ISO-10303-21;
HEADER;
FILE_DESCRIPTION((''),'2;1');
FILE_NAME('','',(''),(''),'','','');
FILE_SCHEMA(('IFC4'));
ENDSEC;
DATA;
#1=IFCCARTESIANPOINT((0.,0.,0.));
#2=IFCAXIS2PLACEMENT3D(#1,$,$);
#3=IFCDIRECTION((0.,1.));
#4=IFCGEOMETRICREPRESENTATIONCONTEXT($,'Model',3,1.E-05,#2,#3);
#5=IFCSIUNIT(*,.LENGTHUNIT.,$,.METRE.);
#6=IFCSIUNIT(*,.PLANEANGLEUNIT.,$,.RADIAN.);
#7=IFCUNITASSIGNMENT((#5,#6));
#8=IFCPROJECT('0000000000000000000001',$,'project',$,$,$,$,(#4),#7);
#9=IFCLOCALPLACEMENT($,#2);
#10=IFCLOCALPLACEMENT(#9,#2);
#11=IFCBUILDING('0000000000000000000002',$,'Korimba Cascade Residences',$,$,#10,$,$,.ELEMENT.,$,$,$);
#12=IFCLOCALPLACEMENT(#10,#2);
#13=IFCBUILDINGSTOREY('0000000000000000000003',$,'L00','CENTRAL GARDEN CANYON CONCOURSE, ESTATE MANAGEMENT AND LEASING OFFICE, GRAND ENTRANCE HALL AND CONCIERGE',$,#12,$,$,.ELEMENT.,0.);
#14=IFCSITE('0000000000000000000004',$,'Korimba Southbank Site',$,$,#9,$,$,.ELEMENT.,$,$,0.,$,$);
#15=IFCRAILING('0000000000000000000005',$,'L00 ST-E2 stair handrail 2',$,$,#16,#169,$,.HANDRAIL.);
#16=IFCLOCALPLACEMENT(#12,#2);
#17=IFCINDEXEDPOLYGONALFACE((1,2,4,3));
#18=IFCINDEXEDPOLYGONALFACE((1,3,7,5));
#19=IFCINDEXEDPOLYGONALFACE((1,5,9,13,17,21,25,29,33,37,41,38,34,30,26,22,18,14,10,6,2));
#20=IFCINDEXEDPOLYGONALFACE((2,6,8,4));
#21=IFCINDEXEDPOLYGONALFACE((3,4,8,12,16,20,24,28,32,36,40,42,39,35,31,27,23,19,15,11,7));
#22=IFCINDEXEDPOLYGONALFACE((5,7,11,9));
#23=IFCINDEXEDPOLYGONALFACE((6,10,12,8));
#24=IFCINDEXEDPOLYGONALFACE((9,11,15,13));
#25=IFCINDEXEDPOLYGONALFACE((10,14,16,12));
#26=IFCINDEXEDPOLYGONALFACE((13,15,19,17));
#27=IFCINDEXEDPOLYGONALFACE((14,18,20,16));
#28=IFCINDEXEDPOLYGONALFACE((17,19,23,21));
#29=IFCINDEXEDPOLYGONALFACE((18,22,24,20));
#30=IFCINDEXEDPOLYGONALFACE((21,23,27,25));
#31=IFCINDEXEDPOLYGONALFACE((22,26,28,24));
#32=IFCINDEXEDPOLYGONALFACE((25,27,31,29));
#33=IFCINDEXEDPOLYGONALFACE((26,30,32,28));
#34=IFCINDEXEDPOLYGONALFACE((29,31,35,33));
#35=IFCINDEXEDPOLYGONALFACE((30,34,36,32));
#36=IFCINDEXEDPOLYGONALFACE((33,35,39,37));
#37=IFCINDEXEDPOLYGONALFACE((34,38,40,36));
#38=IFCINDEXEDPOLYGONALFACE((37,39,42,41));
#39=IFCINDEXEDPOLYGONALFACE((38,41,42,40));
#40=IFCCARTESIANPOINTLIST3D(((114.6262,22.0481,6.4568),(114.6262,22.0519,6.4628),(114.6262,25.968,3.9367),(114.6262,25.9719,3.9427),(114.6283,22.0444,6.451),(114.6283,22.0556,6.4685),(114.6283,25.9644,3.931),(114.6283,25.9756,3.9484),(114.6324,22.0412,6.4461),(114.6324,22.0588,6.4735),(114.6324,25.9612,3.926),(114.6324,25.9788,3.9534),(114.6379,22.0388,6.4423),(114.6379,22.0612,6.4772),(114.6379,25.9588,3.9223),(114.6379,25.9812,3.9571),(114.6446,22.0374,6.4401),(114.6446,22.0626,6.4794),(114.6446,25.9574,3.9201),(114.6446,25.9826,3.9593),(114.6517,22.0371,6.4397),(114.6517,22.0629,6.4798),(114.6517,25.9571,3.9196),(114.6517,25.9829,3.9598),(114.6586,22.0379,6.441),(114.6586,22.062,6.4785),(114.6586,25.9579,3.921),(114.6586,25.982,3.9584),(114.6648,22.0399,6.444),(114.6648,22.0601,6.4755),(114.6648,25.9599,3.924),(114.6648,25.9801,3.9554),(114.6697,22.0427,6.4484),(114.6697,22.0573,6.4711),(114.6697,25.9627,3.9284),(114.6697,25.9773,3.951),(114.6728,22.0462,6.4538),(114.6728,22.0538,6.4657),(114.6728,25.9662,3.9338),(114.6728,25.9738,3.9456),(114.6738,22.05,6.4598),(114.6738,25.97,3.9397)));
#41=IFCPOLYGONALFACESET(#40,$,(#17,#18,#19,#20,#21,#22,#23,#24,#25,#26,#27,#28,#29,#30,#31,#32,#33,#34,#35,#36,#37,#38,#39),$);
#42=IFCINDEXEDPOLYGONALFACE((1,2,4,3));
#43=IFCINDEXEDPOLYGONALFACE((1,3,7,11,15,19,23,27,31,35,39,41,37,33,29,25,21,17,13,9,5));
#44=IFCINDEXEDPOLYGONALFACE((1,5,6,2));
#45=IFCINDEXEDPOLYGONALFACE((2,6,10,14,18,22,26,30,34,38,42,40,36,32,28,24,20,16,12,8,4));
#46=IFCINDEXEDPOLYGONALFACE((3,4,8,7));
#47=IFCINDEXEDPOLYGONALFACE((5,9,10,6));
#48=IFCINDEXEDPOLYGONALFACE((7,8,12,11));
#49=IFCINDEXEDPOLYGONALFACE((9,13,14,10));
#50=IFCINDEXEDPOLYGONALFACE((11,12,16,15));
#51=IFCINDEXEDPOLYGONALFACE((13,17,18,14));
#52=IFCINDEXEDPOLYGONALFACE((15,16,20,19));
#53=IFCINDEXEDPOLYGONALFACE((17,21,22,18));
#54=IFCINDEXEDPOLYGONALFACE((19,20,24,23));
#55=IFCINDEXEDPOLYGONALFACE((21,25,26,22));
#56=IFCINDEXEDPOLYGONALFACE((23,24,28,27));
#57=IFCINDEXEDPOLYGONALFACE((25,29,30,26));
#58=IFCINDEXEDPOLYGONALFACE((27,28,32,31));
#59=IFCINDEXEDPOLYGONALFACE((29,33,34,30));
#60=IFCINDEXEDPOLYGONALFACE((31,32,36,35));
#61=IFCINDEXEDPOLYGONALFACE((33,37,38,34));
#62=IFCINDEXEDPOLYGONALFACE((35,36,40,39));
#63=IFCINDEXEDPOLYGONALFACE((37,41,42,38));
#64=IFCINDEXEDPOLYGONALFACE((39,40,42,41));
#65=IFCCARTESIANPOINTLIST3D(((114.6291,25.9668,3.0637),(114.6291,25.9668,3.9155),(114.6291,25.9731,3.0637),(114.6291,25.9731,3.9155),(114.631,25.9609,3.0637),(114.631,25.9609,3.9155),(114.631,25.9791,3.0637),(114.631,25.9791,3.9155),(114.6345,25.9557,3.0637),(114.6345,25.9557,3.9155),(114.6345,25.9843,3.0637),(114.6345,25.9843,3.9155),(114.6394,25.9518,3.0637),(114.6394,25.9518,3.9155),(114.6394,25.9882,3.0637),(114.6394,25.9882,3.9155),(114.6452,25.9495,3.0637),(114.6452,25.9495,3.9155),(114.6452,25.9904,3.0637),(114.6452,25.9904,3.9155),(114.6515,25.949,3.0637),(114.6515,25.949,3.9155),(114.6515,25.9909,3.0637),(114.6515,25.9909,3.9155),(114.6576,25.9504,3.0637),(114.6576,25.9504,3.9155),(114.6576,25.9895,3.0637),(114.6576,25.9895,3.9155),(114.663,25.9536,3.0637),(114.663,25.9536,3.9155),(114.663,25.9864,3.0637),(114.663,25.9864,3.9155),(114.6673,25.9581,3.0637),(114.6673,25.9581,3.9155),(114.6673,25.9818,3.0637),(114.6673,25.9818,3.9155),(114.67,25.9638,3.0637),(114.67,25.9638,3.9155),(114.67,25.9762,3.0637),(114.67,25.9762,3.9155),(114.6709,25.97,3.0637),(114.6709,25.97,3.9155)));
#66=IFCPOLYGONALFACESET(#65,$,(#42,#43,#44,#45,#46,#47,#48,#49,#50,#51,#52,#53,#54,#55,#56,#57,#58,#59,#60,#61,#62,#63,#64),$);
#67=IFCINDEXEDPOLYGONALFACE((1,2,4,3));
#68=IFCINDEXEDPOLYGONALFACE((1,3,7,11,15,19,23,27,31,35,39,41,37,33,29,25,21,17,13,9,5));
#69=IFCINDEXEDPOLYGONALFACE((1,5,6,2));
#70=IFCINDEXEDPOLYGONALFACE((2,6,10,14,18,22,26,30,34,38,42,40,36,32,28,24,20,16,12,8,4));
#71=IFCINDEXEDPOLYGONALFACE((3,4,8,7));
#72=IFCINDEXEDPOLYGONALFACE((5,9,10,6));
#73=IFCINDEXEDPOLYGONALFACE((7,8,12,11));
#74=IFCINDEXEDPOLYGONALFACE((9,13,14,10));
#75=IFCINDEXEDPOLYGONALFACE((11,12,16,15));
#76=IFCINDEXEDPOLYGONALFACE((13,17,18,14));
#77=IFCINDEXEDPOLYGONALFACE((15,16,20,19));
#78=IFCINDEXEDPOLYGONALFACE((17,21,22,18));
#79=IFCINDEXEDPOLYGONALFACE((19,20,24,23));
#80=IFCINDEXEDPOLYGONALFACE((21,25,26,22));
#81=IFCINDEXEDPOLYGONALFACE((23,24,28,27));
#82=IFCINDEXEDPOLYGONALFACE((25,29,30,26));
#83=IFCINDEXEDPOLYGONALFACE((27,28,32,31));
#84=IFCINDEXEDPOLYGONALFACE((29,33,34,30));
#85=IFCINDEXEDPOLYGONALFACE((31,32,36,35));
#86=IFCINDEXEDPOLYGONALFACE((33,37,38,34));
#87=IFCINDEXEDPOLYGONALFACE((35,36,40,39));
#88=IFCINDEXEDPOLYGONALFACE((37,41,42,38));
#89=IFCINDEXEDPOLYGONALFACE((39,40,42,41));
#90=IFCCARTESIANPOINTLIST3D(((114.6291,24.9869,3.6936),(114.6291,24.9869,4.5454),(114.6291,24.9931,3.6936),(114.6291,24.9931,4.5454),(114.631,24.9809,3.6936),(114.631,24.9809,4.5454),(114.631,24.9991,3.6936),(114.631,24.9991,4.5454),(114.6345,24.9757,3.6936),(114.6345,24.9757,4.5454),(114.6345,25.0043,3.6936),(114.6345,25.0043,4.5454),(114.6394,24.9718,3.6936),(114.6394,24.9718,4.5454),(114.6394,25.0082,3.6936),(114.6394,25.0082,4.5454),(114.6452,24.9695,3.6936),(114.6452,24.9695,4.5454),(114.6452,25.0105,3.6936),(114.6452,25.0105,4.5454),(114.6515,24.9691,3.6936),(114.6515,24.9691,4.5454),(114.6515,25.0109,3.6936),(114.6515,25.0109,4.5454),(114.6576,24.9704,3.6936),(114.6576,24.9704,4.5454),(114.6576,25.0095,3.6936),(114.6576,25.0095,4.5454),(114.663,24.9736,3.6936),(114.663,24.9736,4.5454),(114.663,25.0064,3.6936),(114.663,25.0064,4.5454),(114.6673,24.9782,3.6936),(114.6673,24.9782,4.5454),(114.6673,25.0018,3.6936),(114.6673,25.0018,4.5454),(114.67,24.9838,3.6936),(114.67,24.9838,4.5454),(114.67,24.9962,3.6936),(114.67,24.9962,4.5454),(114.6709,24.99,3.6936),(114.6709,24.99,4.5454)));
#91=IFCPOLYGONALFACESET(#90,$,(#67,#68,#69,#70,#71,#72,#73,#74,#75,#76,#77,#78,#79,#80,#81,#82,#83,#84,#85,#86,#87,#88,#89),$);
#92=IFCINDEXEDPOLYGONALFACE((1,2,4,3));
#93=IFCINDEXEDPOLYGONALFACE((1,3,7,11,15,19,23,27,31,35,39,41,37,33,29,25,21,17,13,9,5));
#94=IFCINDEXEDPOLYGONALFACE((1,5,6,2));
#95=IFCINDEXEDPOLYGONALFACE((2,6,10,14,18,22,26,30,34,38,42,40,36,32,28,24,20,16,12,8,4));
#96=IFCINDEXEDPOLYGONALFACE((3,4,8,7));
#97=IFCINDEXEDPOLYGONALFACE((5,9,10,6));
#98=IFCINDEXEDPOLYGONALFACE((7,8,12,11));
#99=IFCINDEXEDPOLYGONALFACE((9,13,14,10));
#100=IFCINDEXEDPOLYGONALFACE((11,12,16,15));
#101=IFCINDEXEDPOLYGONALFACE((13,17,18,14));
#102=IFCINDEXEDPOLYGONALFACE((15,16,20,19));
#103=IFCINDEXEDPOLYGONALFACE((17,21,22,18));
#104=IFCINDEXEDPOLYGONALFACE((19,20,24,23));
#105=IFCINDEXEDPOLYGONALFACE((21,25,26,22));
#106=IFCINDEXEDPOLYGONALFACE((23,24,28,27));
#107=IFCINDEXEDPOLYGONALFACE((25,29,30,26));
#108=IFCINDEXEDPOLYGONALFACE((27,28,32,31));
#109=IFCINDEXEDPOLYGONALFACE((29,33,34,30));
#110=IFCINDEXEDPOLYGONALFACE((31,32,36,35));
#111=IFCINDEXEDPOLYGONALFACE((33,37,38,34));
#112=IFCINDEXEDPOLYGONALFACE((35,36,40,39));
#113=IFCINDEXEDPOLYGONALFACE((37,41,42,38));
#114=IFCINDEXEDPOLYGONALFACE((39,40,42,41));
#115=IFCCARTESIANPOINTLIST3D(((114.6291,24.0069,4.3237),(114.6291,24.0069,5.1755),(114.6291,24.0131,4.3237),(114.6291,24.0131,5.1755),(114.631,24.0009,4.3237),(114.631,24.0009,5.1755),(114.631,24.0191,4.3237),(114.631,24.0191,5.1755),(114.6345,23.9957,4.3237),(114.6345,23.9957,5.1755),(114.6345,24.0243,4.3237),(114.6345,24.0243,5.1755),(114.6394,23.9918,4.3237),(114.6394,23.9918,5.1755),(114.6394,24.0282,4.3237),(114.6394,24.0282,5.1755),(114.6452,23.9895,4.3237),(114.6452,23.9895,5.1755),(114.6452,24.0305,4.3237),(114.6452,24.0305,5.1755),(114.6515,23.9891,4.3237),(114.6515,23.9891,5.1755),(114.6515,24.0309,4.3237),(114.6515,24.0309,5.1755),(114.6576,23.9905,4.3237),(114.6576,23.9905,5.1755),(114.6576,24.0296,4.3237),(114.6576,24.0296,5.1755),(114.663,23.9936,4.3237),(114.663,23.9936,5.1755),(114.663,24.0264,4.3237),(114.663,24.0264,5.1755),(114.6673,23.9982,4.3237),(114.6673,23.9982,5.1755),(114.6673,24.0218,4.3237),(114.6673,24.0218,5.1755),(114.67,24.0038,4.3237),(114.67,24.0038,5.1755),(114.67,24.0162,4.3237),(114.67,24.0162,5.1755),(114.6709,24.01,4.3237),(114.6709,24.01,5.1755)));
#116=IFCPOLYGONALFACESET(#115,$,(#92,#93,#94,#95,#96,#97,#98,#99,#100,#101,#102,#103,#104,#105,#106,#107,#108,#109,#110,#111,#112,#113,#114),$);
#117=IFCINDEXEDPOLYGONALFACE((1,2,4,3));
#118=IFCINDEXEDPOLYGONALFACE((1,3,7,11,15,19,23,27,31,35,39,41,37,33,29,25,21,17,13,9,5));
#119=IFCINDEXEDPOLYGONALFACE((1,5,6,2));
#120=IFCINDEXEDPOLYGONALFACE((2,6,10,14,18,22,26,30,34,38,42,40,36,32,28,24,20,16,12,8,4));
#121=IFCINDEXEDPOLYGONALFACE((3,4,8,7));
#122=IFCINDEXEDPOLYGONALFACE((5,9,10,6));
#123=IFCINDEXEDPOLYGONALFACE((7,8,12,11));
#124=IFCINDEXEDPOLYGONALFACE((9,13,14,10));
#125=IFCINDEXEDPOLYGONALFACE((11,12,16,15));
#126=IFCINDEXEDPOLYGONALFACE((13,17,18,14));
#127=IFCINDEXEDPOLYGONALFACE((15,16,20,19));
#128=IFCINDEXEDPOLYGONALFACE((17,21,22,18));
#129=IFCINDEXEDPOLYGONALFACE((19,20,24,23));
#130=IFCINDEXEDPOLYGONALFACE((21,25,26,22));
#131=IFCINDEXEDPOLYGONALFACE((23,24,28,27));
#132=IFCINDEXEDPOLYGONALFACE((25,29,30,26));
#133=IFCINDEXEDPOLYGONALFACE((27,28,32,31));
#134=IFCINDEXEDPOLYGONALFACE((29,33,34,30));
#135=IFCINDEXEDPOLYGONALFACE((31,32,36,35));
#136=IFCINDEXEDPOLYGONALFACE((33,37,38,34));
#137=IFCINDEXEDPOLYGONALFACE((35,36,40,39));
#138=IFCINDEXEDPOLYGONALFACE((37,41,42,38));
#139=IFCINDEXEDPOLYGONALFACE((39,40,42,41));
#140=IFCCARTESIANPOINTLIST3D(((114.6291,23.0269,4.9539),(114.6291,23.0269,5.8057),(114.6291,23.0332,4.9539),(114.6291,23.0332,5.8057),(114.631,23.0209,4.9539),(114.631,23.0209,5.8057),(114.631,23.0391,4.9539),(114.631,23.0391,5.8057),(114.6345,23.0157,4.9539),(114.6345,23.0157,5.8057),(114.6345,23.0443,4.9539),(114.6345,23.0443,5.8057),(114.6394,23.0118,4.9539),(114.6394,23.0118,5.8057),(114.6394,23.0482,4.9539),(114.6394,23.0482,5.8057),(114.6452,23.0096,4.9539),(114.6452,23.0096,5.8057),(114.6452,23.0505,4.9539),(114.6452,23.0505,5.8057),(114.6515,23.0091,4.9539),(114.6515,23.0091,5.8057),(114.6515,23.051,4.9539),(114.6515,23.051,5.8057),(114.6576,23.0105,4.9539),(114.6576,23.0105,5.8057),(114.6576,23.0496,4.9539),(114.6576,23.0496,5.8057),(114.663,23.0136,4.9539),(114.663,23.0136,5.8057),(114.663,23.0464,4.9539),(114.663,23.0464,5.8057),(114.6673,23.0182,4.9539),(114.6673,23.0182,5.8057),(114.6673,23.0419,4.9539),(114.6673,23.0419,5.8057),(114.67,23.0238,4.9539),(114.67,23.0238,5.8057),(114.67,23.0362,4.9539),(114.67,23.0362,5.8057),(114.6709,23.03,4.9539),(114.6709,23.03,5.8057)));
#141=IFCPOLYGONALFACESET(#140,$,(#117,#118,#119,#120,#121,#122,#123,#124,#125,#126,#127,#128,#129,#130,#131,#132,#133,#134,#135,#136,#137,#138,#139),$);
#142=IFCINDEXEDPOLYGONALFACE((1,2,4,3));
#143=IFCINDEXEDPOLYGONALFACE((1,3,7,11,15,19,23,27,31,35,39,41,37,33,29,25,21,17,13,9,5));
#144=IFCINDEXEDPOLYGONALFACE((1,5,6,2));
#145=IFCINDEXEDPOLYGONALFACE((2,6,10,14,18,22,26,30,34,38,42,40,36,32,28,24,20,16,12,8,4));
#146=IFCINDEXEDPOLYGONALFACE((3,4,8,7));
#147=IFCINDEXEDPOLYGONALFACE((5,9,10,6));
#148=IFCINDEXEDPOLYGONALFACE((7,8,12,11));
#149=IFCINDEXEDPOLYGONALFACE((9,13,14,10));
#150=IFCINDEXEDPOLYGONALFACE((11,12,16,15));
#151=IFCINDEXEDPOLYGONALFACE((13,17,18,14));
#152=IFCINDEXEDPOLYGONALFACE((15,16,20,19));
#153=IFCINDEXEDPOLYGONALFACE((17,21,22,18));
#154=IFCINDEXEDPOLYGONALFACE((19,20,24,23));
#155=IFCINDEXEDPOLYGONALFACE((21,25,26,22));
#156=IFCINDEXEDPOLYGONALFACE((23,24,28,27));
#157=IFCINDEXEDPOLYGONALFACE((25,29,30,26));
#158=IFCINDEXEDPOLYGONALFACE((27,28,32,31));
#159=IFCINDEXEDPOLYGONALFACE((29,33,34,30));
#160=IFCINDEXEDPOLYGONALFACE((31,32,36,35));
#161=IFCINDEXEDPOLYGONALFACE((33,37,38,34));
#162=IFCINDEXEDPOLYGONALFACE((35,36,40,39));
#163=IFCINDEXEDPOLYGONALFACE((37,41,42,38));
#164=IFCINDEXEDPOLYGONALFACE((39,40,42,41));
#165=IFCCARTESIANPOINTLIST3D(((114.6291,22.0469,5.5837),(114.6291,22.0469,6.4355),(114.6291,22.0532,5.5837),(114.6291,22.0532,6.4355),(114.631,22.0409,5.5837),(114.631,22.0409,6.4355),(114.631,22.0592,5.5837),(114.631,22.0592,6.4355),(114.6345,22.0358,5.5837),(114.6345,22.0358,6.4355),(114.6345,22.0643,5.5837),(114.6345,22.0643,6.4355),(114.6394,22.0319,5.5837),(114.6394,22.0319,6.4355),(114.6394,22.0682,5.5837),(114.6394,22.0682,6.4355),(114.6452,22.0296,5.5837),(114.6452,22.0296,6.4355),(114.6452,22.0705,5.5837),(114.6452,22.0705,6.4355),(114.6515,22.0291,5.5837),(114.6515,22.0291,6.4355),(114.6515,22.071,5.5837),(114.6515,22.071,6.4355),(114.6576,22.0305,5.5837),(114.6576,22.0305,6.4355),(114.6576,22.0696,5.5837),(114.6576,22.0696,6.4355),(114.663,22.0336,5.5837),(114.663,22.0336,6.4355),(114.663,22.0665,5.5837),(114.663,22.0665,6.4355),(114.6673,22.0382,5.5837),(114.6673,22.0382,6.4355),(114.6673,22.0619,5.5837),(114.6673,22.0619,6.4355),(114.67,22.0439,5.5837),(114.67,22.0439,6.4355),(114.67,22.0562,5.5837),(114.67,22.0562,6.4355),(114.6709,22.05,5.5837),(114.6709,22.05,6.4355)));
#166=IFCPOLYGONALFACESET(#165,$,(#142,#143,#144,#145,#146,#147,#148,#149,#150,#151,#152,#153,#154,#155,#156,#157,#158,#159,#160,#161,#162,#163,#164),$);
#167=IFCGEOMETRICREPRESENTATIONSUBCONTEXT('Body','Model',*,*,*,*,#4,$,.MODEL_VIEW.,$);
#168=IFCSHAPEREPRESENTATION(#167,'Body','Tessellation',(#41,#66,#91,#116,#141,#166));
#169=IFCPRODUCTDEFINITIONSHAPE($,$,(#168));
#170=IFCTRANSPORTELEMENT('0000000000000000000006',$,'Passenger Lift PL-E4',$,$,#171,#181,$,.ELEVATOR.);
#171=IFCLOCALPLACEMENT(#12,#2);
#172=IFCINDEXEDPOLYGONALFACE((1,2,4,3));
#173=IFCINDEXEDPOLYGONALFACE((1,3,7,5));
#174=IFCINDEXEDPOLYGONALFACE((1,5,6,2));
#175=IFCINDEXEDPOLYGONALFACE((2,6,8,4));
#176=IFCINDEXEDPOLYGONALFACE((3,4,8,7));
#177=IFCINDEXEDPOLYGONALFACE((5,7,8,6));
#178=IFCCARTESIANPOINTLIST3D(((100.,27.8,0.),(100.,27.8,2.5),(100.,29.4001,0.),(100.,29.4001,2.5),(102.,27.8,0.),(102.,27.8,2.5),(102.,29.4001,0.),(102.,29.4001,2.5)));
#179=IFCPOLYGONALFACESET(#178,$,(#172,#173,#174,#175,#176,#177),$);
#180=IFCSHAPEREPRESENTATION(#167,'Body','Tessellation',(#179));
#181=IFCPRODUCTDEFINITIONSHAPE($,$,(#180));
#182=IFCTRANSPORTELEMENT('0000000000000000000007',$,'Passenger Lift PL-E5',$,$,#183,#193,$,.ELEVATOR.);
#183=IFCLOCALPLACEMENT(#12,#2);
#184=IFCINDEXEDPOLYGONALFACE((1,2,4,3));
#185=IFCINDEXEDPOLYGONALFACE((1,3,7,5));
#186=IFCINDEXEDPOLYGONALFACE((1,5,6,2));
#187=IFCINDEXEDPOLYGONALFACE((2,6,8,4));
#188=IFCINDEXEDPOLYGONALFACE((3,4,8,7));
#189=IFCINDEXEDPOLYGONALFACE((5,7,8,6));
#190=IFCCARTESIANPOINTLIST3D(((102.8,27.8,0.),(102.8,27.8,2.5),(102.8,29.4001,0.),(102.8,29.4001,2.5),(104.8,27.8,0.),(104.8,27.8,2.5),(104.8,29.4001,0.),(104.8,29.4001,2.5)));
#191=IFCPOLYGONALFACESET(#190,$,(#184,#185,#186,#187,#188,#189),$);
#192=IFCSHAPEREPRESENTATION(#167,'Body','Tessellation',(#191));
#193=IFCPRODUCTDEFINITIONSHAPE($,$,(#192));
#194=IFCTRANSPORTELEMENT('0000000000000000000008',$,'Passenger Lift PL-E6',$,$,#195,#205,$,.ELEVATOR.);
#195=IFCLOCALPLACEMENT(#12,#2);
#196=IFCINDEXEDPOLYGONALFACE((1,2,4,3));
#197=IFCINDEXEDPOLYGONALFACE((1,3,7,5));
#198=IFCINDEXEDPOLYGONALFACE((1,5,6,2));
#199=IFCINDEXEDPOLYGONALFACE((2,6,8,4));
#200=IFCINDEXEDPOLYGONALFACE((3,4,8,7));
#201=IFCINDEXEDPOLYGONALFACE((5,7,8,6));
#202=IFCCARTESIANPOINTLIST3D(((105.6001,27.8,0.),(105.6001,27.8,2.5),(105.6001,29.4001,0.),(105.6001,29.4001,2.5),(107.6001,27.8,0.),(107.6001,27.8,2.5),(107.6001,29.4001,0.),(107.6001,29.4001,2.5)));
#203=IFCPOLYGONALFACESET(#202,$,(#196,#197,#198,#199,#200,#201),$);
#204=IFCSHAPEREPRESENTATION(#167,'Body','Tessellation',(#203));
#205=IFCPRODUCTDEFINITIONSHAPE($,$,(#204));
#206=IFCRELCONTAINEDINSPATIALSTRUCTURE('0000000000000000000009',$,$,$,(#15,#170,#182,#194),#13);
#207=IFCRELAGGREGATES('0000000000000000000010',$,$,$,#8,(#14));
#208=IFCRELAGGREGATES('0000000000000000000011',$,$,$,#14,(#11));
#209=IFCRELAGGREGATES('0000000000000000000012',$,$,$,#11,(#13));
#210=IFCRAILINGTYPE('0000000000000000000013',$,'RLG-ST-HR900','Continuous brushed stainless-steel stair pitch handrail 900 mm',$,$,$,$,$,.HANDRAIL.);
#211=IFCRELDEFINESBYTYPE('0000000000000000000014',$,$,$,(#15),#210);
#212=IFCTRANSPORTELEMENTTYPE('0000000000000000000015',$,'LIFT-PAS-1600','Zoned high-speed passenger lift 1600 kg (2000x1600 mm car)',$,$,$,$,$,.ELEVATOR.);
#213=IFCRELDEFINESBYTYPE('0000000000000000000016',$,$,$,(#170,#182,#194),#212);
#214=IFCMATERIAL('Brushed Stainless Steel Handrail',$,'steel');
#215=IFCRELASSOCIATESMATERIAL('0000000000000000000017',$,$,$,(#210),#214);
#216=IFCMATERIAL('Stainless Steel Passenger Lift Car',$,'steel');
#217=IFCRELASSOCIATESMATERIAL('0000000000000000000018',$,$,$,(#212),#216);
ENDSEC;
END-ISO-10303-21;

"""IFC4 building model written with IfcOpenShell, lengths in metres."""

from ifc_helpers import new_model, si_unit, direction, frame, origin, origin_2d, place, context, subcontext, project, spatial, rectangle, circle, extrude, material, type_object, element, save


model = new_model("IFC4")

# Units and contexts
model_context = context("Model", 3, precision=1e-05, world=origin(), true_north=direction((0.0, 1.0)))
body_context = subcontext(model_context, "Body", "Model", "MODEL_VIEW")
ifc_project = project(units=[si_unit("LENGTHUNIT", "METRE"), si_unit("PLANEANGLEUNIT", "RADIAN")], contexts=[model_context])

# Site, building, storey
site_placement = place(None, origin())
site = spatial("IfcSite", under=ifc_project, at=site_placement, Name="Korimba Southbank Site", CompositionType="ELEMENT", RefElevation=0.0)
building_placement = place(site_placement, origin())
building = spatial("IfcBuilding", under=site, at=building_placement, Name="Korimba Cascade Residences", CompositionType="ELEMENT")
storey_placement = place(building_placement, origin())
storey = spatial("IfcBuildingStorey", under=building, at=storey_placement, Name="L00", Description="CENTRAL GARDEN CANYON CONCOURSE, ESTATE MANAGEMENT AND LEASING OFFICE, GRAND ENTRANCE HALL AND CONCIERGE", CompositionType="ELEMENT", Elevation=0.0)

# Railing
ifc_material_1 = material(Name="Brushed Stainless Steel Handrail", Category="steel")
railing_type = type_object("IfcRailingType", Name="RLG-ST-HR900", Description="Continuous brushed stainless-steel stair pitch handrail 900 mm", PredefinedType="HANDRAIL", material=ifc_material_1)
railing_placement = place(storey_placement, frame((114.6499, 25.97, 3.0637)))
element("IfcRailing", 1, at=railing_placement, inside=storey, type_object=railing_type, Name="L00 ST-E2 stair handrail 2", PredefinedType="HANDRAIL", context=body_context, shape_type="SweptSolid", body=[
    extrude(circle(Radius=0.0239, at=origin_2d()), frame((0.0, 0.0, 0.876), z_axis=(0.0, -0.841172, 0.540768), x_axis=(1.0, 0.0, 0.0)), (0.0, 0.0, 1.0), 4.6602),
    extrude(circle(Radius=0.021, at=origin_2d()), origin(), (0.0, 0.0, 1.0), 0.8518),
    extrude(circle(Radius=0.021, at=origin_2d()), frame((0.0, -0.98, 0.6299)), (0.0, 0.0, 1.0), 0.8518),
    extrude(circle(Radius=0.021, at=origin_2d()), frame((0.0, -1.96, 1.26)), (0.0, 0.0, 1.0), 0.8518),
    extrude(circle(Radius=0.021, at=origin_2d()), frame((0.0, -2.9399, 1.8901)), (0.0, 0.0, 1.0), 0.8518),
    extrude(circle(Radius=0.021, at=origin_2d()), frame((0.0, -3.9199, 2.52)), (0.0, 0.0, 1.0), 0.8518),
])

# Transport elements
ifc_material_2 = material(Name="Stainless Steel Passenger Lift Car", Category="steel")
transport_element_type = type_object("IfcTransportElementType", Name="LIFT-PAS-1600", Description="Zoned high-speed passenger lift 1600 kg (2000x1600 mm car)", PredefinedType="ELEVATOR", material=ifc_material_2)
for number, where, z_axis, x_axis, name in (
    (2, (101.0, 28.6001, 0.0), (0.0, 0.0, 1.0), (1.0, 0.0, 0.0), "Passenger Lift PL-E4"),
    (3, (103.8, 28.6001, 0.0), (0.0, 0.0, 1.0), (1.0, 0.0, 0.0), "Passenger Lift PL-E5"),
    (4, (106.6001, 28.6001, 0.0), (0.0, 0.0, 1.0), (1.0, 0.0, 0.0), "Passenger Lift PL-E6"),
):
    element("IfcTransportElement", number, at=place(storey_placement, frame(where, z_axis=z_axis, x_axis=x_axis)), inside=storey, type_object=transport_element_type, Name=name, PredefinedType="ELEVATOR", context=body_context, shape_type="SweptSolid", body=[
        extrude(rectangle(XDim=2.0, YDim=1.6001, at=origin_2d()), origin(), (0.0, 0.0, 1.0), 2.5),
    ])

save(model, "model.ifc")
